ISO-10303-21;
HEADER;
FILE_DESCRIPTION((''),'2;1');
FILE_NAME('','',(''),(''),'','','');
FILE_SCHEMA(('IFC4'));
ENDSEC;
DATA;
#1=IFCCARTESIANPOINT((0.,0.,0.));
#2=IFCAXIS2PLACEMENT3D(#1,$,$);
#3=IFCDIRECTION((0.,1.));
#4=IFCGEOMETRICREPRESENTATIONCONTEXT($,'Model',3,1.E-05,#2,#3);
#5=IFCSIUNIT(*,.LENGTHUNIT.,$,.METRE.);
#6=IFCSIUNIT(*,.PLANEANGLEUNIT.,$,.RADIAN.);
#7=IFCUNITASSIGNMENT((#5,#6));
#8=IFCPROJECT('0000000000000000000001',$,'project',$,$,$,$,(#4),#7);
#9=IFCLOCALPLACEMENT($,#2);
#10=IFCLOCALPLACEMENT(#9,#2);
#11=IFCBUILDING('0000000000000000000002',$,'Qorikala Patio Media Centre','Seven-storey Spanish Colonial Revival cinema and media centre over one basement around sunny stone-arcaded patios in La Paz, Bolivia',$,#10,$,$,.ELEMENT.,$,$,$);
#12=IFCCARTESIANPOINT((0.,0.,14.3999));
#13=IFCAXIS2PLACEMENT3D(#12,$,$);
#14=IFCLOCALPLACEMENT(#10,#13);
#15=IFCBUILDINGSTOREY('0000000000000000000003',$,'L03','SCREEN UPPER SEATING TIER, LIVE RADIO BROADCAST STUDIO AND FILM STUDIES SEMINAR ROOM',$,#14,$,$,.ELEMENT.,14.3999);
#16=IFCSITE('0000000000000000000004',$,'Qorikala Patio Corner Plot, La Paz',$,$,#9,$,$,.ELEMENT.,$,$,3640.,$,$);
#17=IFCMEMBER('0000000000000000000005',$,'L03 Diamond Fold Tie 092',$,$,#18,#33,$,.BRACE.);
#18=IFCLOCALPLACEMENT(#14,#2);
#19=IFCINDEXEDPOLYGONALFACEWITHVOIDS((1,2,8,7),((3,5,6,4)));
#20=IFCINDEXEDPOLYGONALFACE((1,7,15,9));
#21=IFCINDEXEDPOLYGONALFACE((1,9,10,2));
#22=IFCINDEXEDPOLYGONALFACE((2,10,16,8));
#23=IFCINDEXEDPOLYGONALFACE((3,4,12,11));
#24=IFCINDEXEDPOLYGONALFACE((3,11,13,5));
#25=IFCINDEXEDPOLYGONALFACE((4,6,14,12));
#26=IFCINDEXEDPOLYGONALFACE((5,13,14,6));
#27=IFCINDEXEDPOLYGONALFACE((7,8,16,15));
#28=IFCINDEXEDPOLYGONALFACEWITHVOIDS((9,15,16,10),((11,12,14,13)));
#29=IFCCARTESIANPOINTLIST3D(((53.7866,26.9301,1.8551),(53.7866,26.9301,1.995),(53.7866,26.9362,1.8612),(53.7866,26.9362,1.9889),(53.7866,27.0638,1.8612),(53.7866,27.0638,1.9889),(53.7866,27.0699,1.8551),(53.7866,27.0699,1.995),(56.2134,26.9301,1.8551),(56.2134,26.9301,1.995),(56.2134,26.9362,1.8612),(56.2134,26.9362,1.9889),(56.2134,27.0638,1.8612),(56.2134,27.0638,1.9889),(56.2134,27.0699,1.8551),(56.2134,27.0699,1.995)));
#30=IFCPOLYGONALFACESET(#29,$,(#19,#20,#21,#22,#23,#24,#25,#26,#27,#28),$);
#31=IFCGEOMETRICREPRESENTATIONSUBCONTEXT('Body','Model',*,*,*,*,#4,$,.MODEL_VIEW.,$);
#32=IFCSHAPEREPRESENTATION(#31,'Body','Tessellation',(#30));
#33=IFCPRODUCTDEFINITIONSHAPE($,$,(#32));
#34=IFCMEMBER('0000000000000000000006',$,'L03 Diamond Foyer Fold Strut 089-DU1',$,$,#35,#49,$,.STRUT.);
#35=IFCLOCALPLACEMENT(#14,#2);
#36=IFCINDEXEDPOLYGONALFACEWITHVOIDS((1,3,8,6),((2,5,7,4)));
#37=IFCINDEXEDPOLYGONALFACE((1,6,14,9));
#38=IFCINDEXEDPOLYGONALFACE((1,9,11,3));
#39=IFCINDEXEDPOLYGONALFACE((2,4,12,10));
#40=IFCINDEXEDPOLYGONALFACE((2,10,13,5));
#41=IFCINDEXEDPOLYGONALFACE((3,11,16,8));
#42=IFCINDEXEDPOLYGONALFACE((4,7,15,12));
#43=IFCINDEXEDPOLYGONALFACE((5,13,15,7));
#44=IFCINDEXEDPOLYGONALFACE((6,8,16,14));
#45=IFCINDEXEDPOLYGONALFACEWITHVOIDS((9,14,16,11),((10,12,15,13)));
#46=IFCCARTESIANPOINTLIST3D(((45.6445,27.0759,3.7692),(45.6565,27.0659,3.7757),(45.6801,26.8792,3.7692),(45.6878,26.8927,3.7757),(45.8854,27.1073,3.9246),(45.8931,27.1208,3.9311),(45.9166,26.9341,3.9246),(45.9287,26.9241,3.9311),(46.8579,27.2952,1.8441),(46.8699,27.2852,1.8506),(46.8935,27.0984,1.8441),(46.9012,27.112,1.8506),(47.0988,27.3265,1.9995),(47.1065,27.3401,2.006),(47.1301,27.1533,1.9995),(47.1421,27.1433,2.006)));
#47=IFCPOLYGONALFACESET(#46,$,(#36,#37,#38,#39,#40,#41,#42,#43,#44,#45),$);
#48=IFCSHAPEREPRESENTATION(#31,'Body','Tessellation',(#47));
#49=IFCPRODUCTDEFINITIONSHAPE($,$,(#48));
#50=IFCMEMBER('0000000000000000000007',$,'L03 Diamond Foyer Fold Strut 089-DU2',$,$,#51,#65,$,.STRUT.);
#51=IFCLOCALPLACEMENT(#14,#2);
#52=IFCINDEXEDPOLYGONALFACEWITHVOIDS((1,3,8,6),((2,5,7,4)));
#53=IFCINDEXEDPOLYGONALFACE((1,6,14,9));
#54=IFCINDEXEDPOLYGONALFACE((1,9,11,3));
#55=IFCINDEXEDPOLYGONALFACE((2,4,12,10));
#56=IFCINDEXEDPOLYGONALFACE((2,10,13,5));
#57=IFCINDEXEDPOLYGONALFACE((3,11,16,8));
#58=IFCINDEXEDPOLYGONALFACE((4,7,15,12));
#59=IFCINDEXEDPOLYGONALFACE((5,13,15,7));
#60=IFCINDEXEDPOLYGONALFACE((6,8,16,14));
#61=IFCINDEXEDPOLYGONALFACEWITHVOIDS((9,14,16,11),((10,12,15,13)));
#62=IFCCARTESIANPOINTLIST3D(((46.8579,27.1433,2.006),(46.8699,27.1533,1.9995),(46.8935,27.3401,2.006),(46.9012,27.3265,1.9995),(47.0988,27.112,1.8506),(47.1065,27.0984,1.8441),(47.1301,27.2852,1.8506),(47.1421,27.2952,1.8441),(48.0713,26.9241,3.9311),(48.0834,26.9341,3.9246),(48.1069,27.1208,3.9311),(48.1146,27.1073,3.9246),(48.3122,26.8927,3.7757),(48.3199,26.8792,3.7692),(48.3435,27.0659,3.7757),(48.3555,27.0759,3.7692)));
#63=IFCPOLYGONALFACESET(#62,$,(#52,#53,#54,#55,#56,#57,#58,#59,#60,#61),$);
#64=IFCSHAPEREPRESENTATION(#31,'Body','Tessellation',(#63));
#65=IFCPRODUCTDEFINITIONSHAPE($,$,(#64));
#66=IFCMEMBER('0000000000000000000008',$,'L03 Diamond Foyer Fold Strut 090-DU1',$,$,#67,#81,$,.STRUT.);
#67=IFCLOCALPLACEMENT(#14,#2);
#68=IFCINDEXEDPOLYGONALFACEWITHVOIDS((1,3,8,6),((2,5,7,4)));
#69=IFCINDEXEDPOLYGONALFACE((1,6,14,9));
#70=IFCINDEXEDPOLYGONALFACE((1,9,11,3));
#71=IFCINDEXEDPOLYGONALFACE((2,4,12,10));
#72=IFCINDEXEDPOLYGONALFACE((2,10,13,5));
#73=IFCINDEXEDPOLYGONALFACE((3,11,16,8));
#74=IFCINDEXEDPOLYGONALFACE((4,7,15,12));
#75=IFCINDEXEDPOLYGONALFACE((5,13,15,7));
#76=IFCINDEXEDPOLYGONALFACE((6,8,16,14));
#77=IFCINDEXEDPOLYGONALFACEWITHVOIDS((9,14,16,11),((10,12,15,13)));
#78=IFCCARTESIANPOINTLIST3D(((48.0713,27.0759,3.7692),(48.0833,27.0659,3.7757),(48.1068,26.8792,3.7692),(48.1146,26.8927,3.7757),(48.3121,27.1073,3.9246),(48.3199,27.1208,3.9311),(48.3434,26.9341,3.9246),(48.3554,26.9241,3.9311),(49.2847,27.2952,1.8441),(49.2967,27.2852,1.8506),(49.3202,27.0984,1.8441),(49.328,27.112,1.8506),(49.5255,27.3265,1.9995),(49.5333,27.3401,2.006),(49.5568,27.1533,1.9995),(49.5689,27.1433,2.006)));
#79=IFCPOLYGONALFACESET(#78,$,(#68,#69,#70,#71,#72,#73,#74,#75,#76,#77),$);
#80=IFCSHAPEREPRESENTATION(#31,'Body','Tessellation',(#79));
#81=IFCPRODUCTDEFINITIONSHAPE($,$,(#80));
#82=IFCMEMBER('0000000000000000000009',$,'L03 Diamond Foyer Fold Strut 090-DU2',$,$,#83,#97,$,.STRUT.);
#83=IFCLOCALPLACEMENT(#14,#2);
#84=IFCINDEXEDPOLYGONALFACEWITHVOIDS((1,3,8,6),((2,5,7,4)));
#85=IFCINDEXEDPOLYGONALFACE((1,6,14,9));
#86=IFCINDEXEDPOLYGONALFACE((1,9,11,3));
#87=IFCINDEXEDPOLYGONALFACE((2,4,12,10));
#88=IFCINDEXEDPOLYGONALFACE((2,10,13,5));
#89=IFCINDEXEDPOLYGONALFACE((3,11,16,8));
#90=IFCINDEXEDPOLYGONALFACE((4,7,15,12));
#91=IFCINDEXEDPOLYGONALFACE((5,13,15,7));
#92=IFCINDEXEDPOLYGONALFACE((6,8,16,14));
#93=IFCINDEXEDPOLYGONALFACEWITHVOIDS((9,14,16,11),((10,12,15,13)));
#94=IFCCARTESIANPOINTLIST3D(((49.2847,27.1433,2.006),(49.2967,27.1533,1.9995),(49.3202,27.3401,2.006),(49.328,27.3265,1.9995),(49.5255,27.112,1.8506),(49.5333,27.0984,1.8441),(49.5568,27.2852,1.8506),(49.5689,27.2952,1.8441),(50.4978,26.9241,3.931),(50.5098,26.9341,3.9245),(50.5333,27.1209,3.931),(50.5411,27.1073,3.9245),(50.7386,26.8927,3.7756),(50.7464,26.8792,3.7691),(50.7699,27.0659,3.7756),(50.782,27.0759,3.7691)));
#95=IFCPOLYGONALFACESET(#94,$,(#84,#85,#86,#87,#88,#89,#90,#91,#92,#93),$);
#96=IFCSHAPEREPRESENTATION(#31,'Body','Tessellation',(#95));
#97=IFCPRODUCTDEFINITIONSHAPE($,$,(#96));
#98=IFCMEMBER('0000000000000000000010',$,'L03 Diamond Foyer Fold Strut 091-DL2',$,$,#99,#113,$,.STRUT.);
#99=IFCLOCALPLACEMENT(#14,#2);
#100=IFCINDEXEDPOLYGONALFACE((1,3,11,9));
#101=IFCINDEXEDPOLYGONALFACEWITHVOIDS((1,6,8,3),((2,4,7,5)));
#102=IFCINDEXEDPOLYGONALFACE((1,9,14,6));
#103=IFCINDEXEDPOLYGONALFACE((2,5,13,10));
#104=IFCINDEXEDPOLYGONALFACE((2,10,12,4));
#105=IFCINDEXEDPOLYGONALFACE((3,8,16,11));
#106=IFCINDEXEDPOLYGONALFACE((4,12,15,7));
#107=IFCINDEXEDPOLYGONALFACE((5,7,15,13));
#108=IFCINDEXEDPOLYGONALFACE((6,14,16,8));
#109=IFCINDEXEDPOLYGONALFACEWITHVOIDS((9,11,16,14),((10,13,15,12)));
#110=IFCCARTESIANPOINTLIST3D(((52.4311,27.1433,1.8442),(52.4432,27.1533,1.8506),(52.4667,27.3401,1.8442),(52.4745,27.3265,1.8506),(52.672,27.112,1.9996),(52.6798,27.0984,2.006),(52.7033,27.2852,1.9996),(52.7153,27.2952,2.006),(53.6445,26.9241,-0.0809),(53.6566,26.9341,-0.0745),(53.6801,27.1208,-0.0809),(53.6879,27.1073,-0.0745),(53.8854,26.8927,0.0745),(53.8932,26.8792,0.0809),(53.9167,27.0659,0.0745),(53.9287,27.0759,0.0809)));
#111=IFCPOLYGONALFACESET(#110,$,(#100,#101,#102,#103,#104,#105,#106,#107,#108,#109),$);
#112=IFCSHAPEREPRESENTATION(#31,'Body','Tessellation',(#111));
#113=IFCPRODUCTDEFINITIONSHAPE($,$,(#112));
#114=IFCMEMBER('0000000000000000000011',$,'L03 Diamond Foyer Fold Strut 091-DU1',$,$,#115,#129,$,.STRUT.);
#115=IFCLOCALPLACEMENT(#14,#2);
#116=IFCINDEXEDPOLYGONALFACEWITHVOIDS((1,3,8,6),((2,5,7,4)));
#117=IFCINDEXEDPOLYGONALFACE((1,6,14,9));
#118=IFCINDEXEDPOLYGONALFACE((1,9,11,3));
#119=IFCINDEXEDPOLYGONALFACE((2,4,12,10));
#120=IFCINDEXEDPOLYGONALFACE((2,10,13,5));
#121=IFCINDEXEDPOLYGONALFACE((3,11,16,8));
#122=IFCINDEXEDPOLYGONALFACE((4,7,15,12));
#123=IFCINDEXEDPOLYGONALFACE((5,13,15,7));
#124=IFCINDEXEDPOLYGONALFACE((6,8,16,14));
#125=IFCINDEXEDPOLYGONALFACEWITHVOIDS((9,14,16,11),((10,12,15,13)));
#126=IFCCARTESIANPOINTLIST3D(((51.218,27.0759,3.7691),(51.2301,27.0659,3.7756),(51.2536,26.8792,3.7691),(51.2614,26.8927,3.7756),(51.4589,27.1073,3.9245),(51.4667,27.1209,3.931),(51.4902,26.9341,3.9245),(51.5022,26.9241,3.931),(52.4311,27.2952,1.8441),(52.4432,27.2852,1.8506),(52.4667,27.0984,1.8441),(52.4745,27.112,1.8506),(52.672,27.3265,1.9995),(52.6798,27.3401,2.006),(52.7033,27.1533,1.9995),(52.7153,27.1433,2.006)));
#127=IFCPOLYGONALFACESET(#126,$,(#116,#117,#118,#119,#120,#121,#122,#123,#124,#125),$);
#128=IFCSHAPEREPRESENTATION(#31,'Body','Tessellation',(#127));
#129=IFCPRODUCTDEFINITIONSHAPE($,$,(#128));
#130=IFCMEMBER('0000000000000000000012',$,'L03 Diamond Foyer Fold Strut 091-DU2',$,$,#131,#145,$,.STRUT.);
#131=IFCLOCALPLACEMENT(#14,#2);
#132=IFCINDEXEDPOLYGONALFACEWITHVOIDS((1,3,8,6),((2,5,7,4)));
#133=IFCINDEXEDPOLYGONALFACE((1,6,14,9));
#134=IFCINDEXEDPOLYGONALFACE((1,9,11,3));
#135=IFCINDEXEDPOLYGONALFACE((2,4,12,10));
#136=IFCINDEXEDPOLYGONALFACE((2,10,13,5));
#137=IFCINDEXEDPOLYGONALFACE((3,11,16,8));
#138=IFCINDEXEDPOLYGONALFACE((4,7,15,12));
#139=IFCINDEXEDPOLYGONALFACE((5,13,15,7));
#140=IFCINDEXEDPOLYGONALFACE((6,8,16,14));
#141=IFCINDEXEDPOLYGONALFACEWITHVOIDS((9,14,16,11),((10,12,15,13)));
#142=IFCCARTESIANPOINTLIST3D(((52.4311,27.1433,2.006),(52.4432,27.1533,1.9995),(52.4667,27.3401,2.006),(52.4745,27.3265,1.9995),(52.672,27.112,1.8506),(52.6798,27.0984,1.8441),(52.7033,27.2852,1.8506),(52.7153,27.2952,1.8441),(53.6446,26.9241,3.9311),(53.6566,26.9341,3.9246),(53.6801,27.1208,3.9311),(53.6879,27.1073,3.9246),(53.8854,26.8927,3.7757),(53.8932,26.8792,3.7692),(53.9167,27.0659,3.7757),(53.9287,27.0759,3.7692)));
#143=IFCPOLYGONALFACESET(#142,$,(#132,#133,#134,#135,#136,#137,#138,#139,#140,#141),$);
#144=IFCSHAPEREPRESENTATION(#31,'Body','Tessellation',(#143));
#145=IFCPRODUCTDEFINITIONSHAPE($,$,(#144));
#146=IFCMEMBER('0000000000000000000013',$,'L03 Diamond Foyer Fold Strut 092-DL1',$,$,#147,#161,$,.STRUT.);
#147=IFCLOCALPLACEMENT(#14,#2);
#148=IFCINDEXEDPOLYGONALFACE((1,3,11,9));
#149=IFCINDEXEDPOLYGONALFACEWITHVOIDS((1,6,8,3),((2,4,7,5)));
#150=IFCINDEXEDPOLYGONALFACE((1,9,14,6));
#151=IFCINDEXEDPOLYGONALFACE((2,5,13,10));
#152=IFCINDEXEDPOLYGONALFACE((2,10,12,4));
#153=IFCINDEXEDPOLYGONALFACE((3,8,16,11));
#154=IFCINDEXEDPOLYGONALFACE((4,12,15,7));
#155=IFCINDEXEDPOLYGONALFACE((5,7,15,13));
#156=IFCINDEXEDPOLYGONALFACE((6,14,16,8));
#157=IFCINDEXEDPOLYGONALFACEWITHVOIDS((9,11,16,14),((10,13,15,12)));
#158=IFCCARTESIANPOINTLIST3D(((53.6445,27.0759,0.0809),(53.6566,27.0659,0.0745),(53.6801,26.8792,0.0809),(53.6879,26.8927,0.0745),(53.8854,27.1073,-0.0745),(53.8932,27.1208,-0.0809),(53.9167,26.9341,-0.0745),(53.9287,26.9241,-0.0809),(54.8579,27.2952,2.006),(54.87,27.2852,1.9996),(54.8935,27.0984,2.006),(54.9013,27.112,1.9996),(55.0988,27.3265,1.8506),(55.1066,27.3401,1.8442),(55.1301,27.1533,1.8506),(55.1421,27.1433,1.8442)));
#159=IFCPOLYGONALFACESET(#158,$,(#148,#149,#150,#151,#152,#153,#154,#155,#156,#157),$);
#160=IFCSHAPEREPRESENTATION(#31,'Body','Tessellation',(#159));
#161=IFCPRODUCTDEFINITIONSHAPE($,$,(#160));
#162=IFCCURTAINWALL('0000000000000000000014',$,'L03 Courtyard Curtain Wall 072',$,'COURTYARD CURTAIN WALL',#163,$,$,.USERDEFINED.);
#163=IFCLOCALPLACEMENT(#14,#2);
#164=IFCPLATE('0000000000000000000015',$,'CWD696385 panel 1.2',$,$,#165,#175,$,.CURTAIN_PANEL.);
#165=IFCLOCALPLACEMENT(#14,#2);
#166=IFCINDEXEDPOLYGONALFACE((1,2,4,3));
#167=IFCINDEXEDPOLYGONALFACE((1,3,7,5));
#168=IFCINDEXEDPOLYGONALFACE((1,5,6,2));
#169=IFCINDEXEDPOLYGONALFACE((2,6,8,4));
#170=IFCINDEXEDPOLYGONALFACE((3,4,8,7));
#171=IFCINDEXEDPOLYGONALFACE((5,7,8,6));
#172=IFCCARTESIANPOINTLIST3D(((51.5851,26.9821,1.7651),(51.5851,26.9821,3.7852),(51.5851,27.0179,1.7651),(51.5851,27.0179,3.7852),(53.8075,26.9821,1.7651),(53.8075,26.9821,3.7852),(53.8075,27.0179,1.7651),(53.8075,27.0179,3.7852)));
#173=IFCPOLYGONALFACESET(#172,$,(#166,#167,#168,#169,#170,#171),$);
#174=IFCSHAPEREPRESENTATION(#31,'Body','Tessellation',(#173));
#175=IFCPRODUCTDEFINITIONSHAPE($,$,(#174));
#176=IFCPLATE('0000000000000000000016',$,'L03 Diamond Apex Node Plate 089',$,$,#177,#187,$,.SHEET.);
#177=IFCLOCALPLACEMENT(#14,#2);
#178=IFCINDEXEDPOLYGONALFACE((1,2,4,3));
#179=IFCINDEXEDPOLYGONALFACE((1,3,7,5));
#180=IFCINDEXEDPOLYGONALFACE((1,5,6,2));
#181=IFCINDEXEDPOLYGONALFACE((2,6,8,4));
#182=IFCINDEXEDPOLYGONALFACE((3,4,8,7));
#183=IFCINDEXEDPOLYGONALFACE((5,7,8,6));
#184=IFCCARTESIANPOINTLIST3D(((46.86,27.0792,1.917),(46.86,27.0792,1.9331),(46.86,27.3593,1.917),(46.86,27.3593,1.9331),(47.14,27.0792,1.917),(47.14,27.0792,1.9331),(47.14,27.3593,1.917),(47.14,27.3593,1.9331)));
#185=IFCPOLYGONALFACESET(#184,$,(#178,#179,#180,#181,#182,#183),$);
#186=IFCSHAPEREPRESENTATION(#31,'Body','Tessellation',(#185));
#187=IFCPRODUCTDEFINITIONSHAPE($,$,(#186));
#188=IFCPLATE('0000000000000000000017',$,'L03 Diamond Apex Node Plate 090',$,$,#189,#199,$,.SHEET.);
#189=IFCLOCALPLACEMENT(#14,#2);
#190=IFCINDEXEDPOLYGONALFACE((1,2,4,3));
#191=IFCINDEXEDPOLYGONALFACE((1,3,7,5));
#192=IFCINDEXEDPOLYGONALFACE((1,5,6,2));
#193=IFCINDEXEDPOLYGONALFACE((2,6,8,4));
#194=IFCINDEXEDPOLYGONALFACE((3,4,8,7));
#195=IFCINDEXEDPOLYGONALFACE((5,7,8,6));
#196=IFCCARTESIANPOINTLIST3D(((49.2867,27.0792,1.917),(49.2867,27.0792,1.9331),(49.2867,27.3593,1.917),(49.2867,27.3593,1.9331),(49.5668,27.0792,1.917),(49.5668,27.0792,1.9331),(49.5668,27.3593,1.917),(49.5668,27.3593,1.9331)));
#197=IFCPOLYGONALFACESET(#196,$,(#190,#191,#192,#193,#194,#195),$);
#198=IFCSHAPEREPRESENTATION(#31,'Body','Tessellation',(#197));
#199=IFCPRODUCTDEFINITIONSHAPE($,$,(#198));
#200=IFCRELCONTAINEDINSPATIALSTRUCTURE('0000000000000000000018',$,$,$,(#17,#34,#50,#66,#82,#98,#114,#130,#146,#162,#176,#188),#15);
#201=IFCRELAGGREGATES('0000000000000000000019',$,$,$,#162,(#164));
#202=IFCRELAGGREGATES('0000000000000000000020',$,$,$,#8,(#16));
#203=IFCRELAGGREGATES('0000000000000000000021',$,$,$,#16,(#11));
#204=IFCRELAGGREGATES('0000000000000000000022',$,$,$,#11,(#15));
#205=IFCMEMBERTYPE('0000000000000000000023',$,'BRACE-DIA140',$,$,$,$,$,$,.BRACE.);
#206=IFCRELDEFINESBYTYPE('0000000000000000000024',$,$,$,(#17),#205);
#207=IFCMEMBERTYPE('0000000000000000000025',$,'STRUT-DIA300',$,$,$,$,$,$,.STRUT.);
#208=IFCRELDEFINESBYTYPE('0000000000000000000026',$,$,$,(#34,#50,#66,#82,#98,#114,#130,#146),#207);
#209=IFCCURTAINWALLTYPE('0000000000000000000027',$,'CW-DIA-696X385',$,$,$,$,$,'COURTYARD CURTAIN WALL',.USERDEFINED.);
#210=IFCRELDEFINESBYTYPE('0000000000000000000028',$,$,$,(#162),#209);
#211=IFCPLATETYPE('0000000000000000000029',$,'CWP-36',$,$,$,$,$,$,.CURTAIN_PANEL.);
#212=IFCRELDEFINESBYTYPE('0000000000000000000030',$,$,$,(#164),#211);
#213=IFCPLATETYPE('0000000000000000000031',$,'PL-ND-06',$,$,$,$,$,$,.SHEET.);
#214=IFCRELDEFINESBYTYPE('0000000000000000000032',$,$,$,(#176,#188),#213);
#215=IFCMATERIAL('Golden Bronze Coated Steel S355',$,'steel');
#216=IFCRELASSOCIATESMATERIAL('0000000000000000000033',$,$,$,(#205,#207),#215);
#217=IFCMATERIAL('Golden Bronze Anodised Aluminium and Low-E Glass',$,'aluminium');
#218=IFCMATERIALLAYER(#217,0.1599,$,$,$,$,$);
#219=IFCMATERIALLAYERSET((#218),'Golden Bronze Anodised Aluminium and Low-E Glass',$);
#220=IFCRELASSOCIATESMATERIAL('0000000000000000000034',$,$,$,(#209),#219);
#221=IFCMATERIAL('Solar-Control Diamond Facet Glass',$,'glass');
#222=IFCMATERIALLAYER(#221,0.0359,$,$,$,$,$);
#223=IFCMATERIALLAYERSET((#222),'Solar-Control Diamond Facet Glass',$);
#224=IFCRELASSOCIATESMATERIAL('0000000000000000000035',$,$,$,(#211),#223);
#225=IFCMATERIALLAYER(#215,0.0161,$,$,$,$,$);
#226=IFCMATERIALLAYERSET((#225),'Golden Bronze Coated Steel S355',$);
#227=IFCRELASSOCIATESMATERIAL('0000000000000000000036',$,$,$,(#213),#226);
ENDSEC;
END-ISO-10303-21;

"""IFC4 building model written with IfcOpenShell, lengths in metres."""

from ifc_helpers import new_model, si_unit, direction, frame, origin, origin_2d, place, context, subcontext, project, spatial, rectangle, hollow_rectangle, extrude, material, layer, layer_set, material_profile, profile_set, type_object, element, aggregate, save


model = new_model("IFC4")

# Units and contexts
model_context = context("Model", 3, precision=1e-05, world=origin(), true_north=direction((0.0, 1.0)))
body_context = subcontext(model_context, "Body", "Model", "MODEL_VIEW")
ifc_project = project(units=[si_unit("LENGTHUNIT", "METRE"), si_unit("PLANEANGLEUNIT", "RADIAN")], contexts=[model_context])

# Site, building, storey
site_placement = place(None, origin())
site = spatial("IfcSite", under=ifc_project, at=site_placement, Name="Qorikala Patio Corner Plot, La Paz", CompositionType="ELEMENT", RefElevation=3640.0)
building_placement = place(site_placement, origin())
building = spatial("IfcBuilding", under=site, at=building_placement, Name="Qorikala Patio Media Centre", Description="Seven-storey Spanish Colonial Revival cinema and media centre over one basement around sunny stone-arcaded patios in La Paz, Bolivia", CompositionType="ELEMENT")
storey_placement = place(building_placement, frame((0.0, 0.0, 14.3999)))
storey = spatial("IfcBuildingStorey", under=building, at=storey_placement, Name="L03", Description="SCREEN UPPER SEATING TIER, LIVE RADIO BROADCAST STUDIO AND FILM STUDIES SEMINAR ROOM", CompositionType="ELEMENT", Elevation=14.3999)

# Members
ifc_material_1 = material(Name="Golden Bronze Coated Steel S355", Category="steel")
ifc_material_profile_1 = material_profile(ifc_material_1, hollow_rectangle(XDim=0.1399, YDim=0.1399, WallThickness=0.0061, at=origin_2d()), Name="HSS140X140X6")
ifc_profile_set_1 = profile_set([ifc_material_profile_1], Name="Golden Bronze Coated Steel S355")
member_type_1 = type_object("IfcMemberType", Name="BRACE-DIA140", PredefinedType="BRACE", material=ifc_profile_set_1)
member_1_placement = place(storey_placement, frame((53.7866, 27.0, 1.925), z_axis=(1.0, 0.0, 0.0), x_axis=(0.0, 1.0, 0.0)))
element("IfcMember", 1, at=member_1_placement, inside=storey, type_object=member_type_1, Name="L03 Diamond Fold Tie 092", PredefinedType="BRACE", context=body_context, shape_type="SweptSolid", body=[
    extrude(hollow_rectangle(XDim=0.1399, YDim=0.1399, WallThickness=0.0061, at=origin_2d()), origin(), (0.0, 0.0, 1.0), 2.4268),
])
ifc_material_profile_2 = material_profile(ifc_material_1, hollow_rectangle(XDim=0.2, YDim=0.3, WallThickness=0.012, at=origin_2d()), Name="HSS300X200X12")
ifc_profile_set_2 = profile_set([ifc_material_profile_2], Name="Golden Bronze Coated Steel S355")
member_type_2 = type_object("IfcMemberType", Name="STRUT-DIA300", PredefinedType="STRUT", material=ifc_profile_set_2)
for number, where, z_axis, x_axis, name in (
    (2, (47.0, 27.2192, 1.925), (-0.530768, -0.095901, 0.842074), (0.177805, -0.984066, 0.0), "L03 Diamond Foyer Fold Strut 089-DU1"),
    (3, (47.0, 27.2192, 1.925), (0.530768, -0.095901, 0.842074), (0.177805, 0.984066, 0.0), "L03 Diamond Foyer Fold Strut 089-DU2"),
    (4, (49.4268, 27.2192, 1.925), (-0.530768, -0.095901, 0.842074), (0.177805, -0.984066, 0.0), "L03 Diamond Foyer Fold Strut 090-DU1"),
):
    element("IfcMember", number, at=place(storey_placement, frame(where, z_axis=z_axis, x_axis=x_axis)), inside=storey, type_object=member_type_2, Name=name, PredefinedType="STRUT", context=body_context, shape_type="SweptSolid", body=[
        extrude(hollow_rectangle(XDim=0.2, YDim=0.3, WallThickness=0.012, at=origin_2d()), origin(), (0.0, 0.0, 1.0), 2.2861),
    ])
member_2_placement = place(storey_placement, frame((49.4268, 27.2192, 1.925), z_axis=(0.530691, -0.095907, 0.842121), x_axis=(0.17784, 0.984059, 0.0)))
element("IfcMember", 5, at=member_2_placement, inside=storey, type_object=member_type_2, Name="L03 Diamond Foyer Fold Strut 090-DU2", PredefinedType="STRUT", context=body_context, shape_type="SweptSolid", body=[
    extrude(hollow_rectangle(XDim=0.2, YDim=0.3, WallThickness=0.012, at=origin_2d()), origin(), (0.0, 0.0, 1.0), 2.2859),
])
member_3_placement = place(storey_placement, frame((53.7866, 27.0, 0.0), z_axis=(-0.530768, 0.095901, 0.842074), x_axis=(-0.177805, -0.984066, 0.0)))
element("IfcMember", 6, at=member_3_placement, inside=storey, type_object=member_type_2, Name="L03 Diamond Foyer Fold Strut 091-DL2", PredefinedType="STRUT", context=body_context, shape_type="SweptSolid", body=[
    extrude(hollow_rectangle(XDim=0.2, YDim=0.3, WallThickness=0.012, at=origin_2d()), origin(), (0.0, 0.0, 1.0), 2.2861),
])
member_4_placement = place(storey_placement, frame((52.5732, 27.2192, 1.925), z_axis=(-0.530691, -0.095907, 0.842121), x_axis=(0.17784, -0.984059, 0.0)))
element("IfcMember", 7, at=member_4_placement, inside=storey, type_object=member_type_2, Name="L03 Diamond Foyer Fold Strut 091-DU1", PredefinedType="STRUT", context=body_context, shape_type="SweptSolid", body=[
    extrude(hollow_rectangle(XDim=0.2, YDim=0.3, WallThickness=0.012, at=origin_2d()), origin(), (0.0, 0.0, 1.0), 2.2859),
])
for number, where, z_axis, x_axis, name in (
    (8, (52.5732, 27.2192, 1.925), (0.530768, -0.095901, 0.842074), (0.177805, 0.984066, 0.0), "L03 Diamond Foyer Fold Strut 091-DU2"),
    (9, (53.7866, 27.0, 0.0), (0.530768, 0.095901, 0.842074), (-0.177805, 0.984066, 0.0), "L03 Diamond Foyer Fold Strut 092-DL1"),
):
    element("IfcMember", number, at=place(storey_placement, frame(where, z_axis=z_axis, x_axis=x_axis)), inside=storey, type_object=member_type_2, Name=name, PredefinedType="STRUT", context=body_context, shape_type="SweptSolid", body=[
        extrude(hollow_rectangle(XDim=0.2, YDim=0.3, WallThickness=0.012, at=origin_2d()), origin(), (0.0, 0.0, 1.0), 2.2861),
    ])

# Curtain wall, plate
ifc_material_2 = material(Name="Golden Bronze Anodised Aluminium and Low-E Glass", Category="aluminium")
ifc_layer_1 = layer(ifc_material_2, 0.1599)
ifc_layer_set_1 = layer_set([ifc_layer_1], Name="Golden Bronze Anodised Aluminium and Low-E Glass")
curtain_wall_type = type_object("IfcCurtainWallType", Name="CW-DIA-696X385", ElementType="COURTYARD CURTAIN WALL", PredefinedType="USERDEFINED", material=ifc_layer_set_1)
curtain_wall_placement = place(storey_placement, origin())
curtain_wall = element("IfcCurtainWall", 10, at=curtain_wall_placement, inside=storey, type_object=curtain_wall_type, Name="L03 Courtyard Curtain Wall 072", ObjectType="COURTYARD CURTAIN WALL", PredefinedType="USERDEFINED")
ifc_material_3 = material(Name="Solar-Control Diamond Facet Glass", Category="glass")
ifc_layer_2 = layer(ifc_material_3, 0.0359)
ifc_layer_set_2 = layer_set([ifc_layer_2], Name="Solar-Control Diamond Facet Glass")
plate_type_1 = type_object("IfcPlateType", Name="CWP-36", PredefinedType="CURTAIN_PANEL", material=ifc_layer_set_2)
plate_placement = place(storey_placement, frame((52.6963, 27.0, 1.7651), z_axis=(0.0, 0.0, 1.0), x_axis=(1.0, 0.0, 0.0)))
plate = element("IfcPlate", 11, at=plate_placement, type_object=plate_type_1, Name="CWD696385 panel 1.2", PredefinedType="CURTAIN_PANEL", context=body_context, shape_type="SweptSolid", body=[
    extrude(rectangle(XDim=2.2224, YDim=0.0359, at=origin_2d()), origin(), (0.0, 0.0, 1.0), 2.02),
])
aggregate(curtain_wall, [plate])

# Plates
ifc_layer_3 = layer(ifc_material_1, 0.0161)
ifc_layer_set_3 = layer_set([ifc_layer_3], Name="Golden Bronze Coated Steel S355")
plate_type_2 = type_object("IfcPlateType", Name="PL-ND-06", PredefinedType="SHEET", material=ifc_layer_set_3)
for number, where, z_axis, x_axis, name in (
    (12, (47.0, 27.2192, 1.917), (0.0, 0.0, 1.0), (1.0, 0.0, 0.0), "L03 Diamond Apex Node Plate 089"),
    (13, (49.4268, 27.2192, 1.917), (0.0, 0.0, 1.0), (1.0, 0.0, 0.0), "L03 Diamond Apex Node Plate 090"),
):
    element("IfcPlate", number, at=place(storey_placement, frame(where, z_axis=z_axis, x_axis=x_axis)), inside=storey, type_object=plate_type_2, Name=name, PredefinedType="SHEET", context=body_context, shape_type="SweptSolid", body=[
        extrude(rectangle(XDim=0.28, YDim=0.28, at=origin_2d()), origin(), (0.0, 0.0, 1.0), 0.0161),
    ])

save(model, "model.ifc")
